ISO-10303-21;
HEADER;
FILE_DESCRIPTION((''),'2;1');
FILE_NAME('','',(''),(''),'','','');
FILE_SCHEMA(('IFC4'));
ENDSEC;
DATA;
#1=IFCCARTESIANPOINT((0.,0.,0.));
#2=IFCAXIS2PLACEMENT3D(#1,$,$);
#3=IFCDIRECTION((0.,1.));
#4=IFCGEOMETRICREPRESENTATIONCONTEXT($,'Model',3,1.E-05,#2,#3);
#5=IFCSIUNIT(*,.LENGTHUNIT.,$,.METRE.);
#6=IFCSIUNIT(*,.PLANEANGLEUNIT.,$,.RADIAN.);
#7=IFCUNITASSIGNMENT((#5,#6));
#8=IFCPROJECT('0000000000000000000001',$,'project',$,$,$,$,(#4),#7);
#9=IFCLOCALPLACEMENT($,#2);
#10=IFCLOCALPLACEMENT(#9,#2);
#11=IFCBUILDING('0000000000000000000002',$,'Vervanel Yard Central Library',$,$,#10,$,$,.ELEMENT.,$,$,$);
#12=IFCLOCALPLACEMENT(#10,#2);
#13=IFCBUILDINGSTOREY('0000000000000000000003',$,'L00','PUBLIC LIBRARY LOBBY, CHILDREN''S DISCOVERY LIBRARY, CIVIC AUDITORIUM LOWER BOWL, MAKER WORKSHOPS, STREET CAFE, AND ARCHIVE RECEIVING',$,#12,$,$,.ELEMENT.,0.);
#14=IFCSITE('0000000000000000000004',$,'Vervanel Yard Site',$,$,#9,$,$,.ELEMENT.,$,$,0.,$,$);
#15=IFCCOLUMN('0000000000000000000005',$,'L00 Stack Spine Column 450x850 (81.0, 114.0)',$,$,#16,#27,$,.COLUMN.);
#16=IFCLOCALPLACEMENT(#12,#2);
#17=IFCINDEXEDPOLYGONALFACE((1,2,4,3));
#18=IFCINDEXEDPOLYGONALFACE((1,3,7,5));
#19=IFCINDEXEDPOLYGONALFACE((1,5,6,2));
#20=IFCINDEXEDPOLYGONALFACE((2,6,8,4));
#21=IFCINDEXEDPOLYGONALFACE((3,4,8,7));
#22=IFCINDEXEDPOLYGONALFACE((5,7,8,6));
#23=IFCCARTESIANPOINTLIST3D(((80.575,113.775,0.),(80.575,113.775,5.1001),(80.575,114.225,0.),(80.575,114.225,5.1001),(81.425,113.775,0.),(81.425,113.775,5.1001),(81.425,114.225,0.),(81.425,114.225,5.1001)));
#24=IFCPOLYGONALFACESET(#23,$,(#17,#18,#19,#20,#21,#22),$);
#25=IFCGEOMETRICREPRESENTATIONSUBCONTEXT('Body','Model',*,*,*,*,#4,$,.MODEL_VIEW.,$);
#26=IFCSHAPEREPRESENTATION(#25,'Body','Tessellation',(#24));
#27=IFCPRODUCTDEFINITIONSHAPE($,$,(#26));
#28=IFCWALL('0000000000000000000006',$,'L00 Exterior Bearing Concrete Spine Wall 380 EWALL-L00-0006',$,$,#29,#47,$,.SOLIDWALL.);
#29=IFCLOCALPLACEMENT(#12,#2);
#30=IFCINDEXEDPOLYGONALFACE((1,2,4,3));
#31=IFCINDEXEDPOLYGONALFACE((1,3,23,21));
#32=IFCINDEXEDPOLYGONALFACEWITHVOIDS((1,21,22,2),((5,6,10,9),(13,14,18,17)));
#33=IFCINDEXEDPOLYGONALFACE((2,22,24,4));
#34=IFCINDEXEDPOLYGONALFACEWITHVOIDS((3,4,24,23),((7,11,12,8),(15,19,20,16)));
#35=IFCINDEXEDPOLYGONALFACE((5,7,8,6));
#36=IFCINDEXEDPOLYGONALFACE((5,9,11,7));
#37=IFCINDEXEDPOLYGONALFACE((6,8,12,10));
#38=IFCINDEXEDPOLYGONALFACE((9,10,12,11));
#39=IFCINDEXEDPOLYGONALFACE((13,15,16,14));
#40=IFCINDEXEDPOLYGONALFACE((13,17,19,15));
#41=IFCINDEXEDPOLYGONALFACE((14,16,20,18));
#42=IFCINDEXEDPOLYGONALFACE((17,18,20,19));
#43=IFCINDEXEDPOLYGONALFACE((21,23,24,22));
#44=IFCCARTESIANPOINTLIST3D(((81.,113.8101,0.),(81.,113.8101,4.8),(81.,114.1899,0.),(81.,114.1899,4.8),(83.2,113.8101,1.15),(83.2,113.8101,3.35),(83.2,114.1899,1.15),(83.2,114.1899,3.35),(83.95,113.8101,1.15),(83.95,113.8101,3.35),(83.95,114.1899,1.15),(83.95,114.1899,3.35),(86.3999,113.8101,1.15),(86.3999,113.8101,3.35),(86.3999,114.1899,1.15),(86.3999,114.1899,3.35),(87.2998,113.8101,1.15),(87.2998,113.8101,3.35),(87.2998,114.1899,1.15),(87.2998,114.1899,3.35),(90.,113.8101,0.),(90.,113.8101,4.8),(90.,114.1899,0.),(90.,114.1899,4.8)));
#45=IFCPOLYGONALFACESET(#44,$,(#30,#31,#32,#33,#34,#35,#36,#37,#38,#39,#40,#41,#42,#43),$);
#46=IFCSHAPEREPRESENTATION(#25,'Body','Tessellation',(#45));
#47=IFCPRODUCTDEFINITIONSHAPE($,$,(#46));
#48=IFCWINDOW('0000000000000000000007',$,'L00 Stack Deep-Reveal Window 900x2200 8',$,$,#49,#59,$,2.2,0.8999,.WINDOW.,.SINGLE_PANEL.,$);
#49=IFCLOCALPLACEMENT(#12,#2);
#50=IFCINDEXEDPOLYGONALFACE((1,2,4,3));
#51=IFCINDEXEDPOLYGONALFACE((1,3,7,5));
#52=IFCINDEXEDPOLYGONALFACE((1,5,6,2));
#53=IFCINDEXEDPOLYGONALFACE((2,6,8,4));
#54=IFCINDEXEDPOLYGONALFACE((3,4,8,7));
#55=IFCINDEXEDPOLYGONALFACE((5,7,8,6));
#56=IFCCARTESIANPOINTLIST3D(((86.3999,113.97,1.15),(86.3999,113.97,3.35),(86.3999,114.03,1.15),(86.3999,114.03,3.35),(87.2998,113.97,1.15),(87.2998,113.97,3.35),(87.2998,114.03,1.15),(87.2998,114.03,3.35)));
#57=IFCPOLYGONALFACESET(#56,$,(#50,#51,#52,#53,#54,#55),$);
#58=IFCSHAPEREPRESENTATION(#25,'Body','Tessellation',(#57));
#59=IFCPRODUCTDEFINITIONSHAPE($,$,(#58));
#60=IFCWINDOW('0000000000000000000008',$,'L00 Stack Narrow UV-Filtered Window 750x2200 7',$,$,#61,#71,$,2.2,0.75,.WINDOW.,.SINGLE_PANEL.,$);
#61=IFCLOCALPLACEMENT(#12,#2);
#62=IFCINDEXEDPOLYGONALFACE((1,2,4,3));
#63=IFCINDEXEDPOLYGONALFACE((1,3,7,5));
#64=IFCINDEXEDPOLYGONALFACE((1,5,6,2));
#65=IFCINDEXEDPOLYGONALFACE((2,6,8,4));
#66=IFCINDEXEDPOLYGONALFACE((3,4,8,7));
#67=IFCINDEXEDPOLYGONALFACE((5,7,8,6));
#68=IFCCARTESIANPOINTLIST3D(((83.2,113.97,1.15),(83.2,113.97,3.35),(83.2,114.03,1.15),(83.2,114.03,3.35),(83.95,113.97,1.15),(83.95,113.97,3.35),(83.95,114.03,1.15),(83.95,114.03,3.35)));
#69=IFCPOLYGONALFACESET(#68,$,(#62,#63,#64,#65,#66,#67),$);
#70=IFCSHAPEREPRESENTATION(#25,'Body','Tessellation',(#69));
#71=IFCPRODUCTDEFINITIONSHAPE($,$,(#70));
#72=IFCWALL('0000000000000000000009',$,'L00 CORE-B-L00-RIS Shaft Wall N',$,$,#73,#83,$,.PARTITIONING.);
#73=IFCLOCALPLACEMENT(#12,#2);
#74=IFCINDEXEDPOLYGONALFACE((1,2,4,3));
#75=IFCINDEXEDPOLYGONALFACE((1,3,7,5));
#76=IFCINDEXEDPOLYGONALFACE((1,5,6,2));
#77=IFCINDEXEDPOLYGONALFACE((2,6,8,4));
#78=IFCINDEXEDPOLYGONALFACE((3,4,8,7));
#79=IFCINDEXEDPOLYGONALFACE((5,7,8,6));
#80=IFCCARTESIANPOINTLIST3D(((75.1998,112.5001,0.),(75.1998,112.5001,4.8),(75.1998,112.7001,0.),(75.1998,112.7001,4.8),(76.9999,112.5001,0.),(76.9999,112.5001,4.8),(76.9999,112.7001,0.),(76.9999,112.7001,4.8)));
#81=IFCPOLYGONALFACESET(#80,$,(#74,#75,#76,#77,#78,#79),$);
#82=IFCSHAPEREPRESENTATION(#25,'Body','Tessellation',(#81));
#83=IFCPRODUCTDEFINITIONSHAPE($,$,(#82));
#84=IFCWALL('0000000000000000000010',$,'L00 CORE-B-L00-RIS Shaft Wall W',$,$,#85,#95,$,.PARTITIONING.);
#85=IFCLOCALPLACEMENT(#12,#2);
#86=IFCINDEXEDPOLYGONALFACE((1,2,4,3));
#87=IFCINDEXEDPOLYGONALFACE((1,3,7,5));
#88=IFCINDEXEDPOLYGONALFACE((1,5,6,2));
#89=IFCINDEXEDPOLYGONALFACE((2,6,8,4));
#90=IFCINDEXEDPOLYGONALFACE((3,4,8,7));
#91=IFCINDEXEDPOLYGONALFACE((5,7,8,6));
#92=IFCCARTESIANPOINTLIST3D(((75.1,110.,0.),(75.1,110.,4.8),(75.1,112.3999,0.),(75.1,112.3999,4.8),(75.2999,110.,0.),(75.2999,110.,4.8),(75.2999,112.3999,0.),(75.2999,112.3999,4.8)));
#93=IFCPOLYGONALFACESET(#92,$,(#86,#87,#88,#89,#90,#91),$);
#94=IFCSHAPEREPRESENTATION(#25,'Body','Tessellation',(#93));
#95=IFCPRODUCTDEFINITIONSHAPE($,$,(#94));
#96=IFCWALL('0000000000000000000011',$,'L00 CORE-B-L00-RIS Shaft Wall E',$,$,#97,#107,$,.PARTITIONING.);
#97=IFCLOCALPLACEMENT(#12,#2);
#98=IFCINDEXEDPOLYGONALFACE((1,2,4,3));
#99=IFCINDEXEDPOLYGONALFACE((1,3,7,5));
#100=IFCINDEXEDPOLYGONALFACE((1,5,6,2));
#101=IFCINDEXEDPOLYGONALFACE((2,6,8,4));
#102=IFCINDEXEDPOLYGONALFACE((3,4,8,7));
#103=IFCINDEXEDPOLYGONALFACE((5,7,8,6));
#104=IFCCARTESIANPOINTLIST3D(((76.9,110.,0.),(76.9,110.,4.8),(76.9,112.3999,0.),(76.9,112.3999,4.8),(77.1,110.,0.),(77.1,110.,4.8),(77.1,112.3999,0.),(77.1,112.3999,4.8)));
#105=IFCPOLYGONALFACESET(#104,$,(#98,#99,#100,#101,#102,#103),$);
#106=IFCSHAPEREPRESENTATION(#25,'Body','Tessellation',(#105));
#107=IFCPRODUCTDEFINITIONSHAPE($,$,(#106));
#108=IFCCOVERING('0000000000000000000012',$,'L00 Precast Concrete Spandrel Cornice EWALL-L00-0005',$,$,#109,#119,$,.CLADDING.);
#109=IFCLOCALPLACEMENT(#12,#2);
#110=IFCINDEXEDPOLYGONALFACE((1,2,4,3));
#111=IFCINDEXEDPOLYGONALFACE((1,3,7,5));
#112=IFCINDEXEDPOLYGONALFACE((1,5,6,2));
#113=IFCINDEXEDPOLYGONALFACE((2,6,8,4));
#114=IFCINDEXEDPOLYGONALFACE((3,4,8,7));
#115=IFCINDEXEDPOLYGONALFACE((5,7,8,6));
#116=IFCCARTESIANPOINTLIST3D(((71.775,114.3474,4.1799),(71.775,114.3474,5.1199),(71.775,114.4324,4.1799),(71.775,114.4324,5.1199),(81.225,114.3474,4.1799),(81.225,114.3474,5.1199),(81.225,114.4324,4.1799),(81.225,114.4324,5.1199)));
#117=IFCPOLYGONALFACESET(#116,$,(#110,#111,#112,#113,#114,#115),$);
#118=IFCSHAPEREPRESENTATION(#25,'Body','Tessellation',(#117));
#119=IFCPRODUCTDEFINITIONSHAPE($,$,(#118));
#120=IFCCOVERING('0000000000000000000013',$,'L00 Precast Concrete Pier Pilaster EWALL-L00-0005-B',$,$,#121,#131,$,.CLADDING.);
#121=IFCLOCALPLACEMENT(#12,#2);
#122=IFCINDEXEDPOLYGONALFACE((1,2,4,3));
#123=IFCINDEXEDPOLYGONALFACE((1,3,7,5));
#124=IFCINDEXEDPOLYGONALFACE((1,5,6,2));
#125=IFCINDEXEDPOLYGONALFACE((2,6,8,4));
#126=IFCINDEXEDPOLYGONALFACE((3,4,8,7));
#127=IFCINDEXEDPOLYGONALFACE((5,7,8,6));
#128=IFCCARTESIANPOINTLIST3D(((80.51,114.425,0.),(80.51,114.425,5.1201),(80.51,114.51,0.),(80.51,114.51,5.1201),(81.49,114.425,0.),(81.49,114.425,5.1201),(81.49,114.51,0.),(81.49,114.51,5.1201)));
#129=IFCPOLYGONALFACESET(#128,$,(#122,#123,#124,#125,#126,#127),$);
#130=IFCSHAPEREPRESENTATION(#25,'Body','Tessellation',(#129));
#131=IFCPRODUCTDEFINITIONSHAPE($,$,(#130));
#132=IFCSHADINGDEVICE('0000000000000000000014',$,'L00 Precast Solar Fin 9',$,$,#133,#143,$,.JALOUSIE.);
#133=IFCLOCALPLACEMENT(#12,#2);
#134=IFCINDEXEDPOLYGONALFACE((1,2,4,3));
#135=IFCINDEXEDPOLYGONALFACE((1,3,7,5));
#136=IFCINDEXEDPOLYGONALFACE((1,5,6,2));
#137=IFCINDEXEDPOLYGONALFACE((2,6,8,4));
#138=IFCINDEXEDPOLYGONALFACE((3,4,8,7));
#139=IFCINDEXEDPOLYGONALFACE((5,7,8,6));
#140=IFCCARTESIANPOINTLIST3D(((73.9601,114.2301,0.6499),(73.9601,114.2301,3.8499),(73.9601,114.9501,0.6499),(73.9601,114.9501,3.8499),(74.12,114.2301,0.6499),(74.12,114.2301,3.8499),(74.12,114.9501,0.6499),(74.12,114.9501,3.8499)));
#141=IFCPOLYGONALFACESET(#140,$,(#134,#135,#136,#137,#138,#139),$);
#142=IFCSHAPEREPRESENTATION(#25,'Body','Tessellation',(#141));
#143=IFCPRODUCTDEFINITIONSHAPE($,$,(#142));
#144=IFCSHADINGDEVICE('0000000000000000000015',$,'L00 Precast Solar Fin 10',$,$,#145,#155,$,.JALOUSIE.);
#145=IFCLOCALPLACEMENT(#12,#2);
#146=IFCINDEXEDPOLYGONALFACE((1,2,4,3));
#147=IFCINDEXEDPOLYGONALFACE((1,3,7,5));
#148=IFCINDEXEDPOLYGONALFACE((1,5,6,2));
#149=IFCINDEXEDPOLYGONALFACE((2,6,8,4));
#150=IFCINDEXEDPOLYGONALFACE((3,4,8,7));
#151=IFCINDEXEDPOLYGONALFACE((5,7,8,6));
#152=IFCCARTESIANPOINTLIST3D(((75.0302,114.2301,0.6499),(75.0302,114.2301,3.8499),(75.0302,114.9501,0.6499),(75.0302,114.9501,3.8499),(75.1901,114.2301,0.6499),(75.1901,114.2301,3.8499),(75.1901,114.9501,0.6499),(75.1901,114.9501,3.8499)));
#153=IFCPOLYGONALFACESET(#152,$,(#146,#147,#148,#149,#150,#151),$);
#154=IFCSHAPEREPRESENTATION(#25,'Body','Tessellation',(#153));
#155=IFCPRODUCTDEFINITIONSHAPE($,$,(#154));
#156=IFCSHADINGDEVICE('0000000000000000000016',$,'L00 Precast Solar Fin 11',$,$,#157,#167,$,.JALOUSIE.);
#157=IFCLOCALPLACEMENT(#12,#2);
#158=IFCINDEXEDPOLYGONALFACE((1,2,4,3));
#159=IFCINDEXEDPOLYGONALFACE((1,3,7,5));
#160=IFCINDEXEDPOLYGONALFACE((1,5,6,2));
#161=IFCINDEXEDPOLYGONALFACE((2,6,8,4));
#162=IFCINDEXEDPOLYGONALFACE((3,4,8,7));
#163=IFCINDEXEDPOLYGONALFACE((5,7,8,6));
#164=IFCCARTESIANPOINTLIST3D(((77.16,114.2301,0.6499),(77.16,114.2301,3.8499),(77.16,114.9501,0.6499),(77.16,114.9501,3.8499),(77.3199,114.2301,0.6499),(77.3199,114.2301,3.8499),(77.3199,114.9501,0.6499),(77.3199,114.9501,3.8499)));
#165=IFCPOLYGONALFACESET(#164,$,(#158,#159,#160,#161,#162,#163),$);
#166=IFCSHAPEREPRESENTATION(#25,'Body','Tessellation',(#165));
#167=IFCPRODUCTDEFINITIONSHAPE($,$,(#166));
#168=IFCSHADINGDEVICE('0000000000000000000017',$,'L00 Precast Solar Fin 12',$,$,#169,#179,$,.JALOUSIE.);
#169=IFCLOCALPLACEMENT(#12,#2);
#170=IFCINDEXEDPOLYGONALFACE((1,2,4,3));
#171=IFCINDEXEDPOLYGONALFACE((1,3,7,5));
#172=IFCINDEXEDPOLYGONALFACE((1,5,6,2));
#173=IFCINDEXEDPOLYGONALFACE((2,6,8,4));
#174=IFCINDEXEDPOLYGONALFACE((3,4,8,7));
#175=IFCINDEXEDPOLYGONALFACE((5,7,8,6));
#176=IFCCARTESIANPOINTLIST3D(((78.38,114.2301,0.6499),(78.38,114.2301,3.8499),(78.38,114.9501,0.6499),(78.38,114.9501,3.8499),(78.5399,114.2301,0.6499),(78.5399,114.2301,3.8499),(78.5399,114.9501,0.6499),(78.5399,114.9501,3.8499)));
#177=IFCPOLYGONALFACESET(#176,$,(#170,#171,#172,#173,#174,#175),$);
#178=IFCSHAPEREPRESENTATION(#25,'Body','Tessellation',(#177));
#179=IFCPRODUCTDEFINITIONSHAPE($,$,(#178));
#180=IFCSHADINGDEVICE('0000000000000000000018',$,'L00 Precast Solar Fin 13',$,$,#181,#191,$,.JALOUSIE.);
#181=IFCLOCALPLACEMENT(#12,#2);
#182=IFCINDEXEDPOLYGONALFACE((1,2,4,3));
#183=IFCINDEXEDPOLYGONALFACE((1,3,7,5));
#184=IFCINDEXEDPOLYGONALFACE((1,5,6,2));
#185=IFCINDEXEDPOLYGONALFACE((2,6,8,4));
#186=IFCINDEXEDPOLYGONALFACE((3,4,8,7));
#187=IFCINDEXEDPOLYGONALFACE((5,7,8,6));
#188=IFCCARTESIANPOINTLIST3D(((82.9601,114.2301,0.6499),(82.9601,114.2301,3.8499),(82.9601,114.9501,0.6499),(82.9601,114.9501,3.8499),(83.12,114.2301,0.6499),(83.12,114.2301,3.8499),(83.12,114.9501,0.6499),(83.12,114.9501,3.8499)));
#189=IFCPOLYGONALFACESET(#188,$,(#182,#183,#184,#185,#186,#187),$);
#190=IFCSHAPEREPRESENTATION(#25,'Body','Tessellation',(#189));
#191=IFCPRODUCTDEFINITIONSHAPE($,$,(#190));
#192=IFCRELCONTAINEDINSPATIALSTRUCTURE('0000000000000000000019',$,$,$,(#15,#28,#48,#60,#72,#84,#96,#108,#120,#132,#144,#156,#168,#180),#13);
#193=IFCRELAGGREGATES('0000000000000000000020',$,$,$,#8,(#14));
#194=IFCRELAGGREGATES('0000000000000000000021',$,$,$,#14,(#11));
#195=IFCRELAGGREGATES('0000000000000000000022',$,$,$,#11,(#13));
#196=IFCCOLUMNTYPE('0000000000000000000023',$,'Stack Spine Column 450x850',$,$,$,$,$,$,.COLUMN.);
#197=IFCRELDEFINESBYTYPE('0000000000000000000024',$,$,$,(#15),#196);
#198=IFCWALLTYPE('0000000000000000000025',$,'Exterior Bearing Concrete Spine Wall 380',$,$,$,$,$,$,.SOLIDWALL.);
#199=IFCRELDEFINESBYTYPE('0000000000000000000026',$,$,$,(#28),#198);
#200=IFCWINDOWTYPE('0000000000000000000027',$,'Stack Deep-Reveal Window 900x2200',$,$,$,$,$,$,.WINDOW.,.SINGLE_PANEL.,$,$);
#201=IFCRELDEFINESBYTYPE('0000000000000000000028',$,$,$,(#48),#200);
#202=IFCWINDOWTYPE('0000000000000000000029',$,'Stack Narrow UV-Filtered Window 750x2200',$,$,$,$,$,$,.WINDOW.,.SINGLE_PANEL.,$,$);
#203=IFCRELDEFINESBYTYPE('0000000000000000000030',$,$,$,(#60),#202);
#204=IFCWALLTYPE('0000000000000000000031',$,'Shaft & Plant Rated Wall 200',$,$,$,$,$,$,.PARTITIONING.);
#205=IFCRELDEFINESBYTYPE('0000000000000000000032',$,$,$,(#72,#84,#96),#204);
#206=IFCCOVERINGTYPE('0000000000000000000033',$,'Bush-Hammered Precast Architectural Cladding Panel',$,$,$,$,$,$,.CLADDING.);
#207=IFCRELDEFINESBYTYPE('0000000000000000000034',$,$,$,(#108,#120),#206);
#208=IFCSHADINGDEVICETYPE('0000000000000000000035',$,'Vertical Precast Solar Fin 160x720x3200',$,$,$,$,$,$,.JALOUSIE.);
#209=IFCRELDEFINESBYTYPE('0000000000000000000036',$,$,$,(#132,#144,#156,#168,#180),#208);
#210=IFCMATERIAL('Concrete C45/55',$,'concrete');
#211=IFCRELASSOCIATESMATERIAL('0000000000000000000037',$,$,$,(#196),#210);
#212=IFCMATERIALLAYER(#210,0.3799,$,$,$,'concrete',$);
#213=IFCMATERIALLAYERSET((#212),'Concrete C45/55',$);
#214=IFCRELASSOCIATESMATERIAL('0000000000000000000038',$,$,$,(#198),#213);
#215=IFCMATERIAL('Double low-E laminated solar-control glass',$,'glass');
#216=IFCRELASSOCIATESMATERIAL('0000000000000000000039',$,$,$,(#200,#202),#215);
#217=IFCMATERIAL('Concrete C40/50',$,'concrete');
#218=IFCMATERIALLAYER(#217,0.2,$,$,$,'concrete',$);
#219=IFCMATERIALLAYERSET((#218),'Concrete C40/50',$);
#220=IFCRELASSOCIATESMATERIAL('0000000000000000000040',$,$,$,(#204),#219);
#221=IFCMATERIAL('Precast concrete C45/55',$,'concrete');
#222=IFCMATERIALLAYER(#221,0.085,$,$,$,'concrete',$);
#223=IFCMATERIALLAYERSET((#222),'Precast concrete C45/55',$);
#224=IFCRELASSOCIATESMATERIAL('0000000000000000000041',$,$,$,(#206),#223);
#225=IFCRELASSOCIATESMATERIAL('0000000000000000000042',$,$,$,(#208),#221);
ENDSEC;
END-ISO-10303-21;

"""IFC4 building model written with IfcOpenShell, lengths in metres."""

from ifc_helpers import new_model, si_unit, direction, frame, frame_2d, origin, origin_2d, place, context, subcontext, project, spatial, rectangle, extrude, material, layer, layer_set, material_profile, profile_set, type_object, element, fill, save


model = new_model("IFC4")

# Units and contexts
model_context = context("Model", 3, precision=1e-05, world=origin(), true_north=direction((0.0, 1.0)))
body_context = subcontext(model_context, "Body", "Model", "MODEL_VIEW")
ifc_project = project(units=[si_unit("LENGTHUNIT", "METRE"), si_unit("PLANEANGLEUNIT", "RADIAN")], contexts=[model_context])

# Site, building, storey
site_placement = place(None, origin())
site = spatial("IfcSite", under=ifc_project, at=site_placement, Name="Vervanel Yard Site", CompositionType="ELEMENT", RefElevation=0.0)
building_placement = place(site_placement, origin())
building = spatial("IfcBuilding", under=site, at=building_placement, Name="Vervanel Yard Central Library", CompositionType="ELEMENT")
storey_placement = place(building_placement, origin())
storey = spatial("IfcBuildingStorey", under=building, at=storey_placement, Name="L00", Description="PUBLIC LIBRARY LOBBY, CHILDREN'S DISCOVERY LIBRARY, CIVIC AUDITORIUM LOWER BOWL, MAKER WORKSHOPS, STREET CAFE, AND ARCHIVE RECEIVING", CompositionType="ELEMENT", Elevation=0.0)

# Shared definitions
ifc_material_1 = material(Name="Concrete C40/50", Category="concrete")

# Column
ifc_material_2 = material(Name="Concrete C45/55", Category="concrete")
ifc_material_profile_1 = material_profile(ifc_material_2, rectangle(XDim=0.45, YDim=0.8501, at=origin_2d()), Name="RC 450x850", Category="concrete")
ifc_profile_set_1 = profile_set([ifc_material_profile_1], Name="Concrete C45/55")
column_type = type_object("IfcColumnType", Name="Stack Spine Column 450x850", PredefinedType="COLUMN", material=ifc_profile_set_1)
column_placement = place(storey_placement, frame((81.0, 114.0, 0.0), z_axis=(0.0, 0.0, 1.0), x_axis=(0.0, 1.0, 0.0)))
element("IfcColumn", 1, at=column_placement, inside=storey, type_object=column_type, Name="L00 Stack Spine Column 450x850 (81.0, 114.0)", PredefinedType="COLUMN", context=body_context, shape_type="SweptSolid", body=[
    extrude(rectangle(XDim=0.45, YDim=0.8501, at=origin_2d()), origin(), (0.0, 0.0, 1.0), 5.1001),
])

# Wall, openings, windows
ifc_layer_1 = layer(ifc_material_2, 0.3799, Category="concrete")
ifc_layer_set_1 = layer_set([ifc_layer_1], Name="Concrete C45/55")
wall_type_1 = type_object("IfcWallType", Name="Exterior Bearing Concrete Spine Wall 380", PredefinedType="SOLIDWALL", material=ifc_layer_set_1)
wall_1_placement = place(storey_placement, frame((81.0, 114.0, 0.0), z_axis=(0.0, 0.0, 1.0), x_axis=(1.0, 0.0, 0.0)))
wall_1 = element("IfcWall", 2, at=wall_1_placement, inside=storey, type_object=wall_type_1, Name="L00 Exterior Bearing Concrete Spine Wall 380 EWALL-L00-0006", PredefinedType="SOLIDWALL", context=body_context, shape_type="SweptSolid", body=[
    extrude(rectangle(XDim=9.0, YDim=0.3799, at=frame_2d((4.5, 0.0))), origin(), (0.0, 0.0, 1.0), 4.8),
])
opening_1_placement = place(wall_1_placement, frame((2.2, 0.0, 1.1499)))
opening_1 = element("IfcOpeningElement", 3, at=opening_1_placement, cuts=wall_1, PredefinedType="OPENING", context=body_context, shape_type="SweptSolid", body=[
    extrude(rectangle(XDim=0.75, YDim=2.2, at=frame_2d((0.375, 1.1001))), frame((0.0, 0.2, 0.0), z_axis=(0.0, -1.0, 0.0), x_axis=(1.0, 0.0, 0.0)), (0.0, 0.0, 1.0), 0.3999),
])
opening_2_placement = place(wall_1_placement, frame((5.3999, 0.0, 1.1499)))
opening_2 = element("IfcOpeningElement", 4, at=opening_2_placement, cuts=wall_1, PredefinedType="OPENING", context=body_context, shape_type="SweptSolid", body=[
    extrude(rectangle(XDim=0.8999, YDim=2.2, at=frame_2d((0.45, 1.1001))), frame((0.0, 0.2, 0.0), z_axis=(0.0, -1.0, 0.0), x_axis=(1.0, 0.0, 0.0)), (0.0, 0.0, 1.0), 0.3999),
])
ifc_material_3 = material(Name="Double low-E laminated solar-control glass", Category="glass")
window_type_1 = type_object("IfcWindowType", Name="Stack Deep-Reveal Window 900x2200", PartitioningType="SINGLE_PANEL", PredefinedType="WINDOW", material=ifc_material_3)
window_1_placement = place(opening_2_placement, origin())
window_1 = element("IfcWindow", 5, at=window_1_placement, inside=storey, type_object=window_type_1, Name="L00 Stack Deep-Reveal Window 900x2200 8", OverallHeight=2.2, OverallWidth=0.8999, PartitioningType="SINGLE_PANEL", PredefinedType="WINDOW", context=body_context, shape_type="SweptSolid", body=[
    extrude(rectangle(XDim=0.8999, YDim=2.2, at=frame_2d((0.45, 1.1001))), frame((0.0, 0.03, 0.0), z_axis=(0.0, -1.0, 0.0), x_axis=(1.0, 0.0, 0.0)), (0.0, 0.0, 1.0), 0.0601),
])
fill(opening_2, window_1)
window_type_2 = type_object("IfcWindowType", Name="Stack Narrow UV-Filtered Window 750x2200", PartitioningType="SINGLE_PANEL", PredefinedType="WINDOW", material=ifc_material_3)
window_2_placement = place(opening_1_placement, origin())
window_2 = element("IfcWindow", 6, at=window_2_placement, inside=storey, type_object=window_type_2, Name="L00 Stack Narrow UV-Filtered Window 750x2200 7", OverallHeight=2.2, OverallWidth=0.75, PartitioningType="SINGLE_PANEL", PredefinedType="WINDOW", context=body_context, shape_type="SweptSolid", body=[
    extrude(rectangle(XDim=0.75, YDim=2.2, at=frame_2d((0.375, 1.1001))), frame((0.0, 0.03, 0.0), z_axis=(0.0, -1.0, 0.0), x_axis=(1.0, 0.0, 0.0)), (0.0, 0.0, 1.0), 0.0601),
])
fill(opening_1, window_2)

# Walls
ifc_layer_2 = layer(ifc_material_1, 0.2, Category="concrete")
ifc_layer_set_2 = layer_set([ifc_layer_2], Name="Concrete C40/50")
wall_type_2 = type_object("IfcWallType", Name="Shaft & Plant Rated Wall 200", PredefinedType="PARTITIONING", material=ifc_layer_set_2)
wall_2_placement = place(storey_placement, frame((75.2, 112.6001, 0.0), z_axis=(0.0, 0.0, 1.0), x_axis=(1.0, 0.0, 0.0)))
element("IfcWall", 7, at=wall_2_placement, inside=storey, type_object=wall_type_2, Name="L00 CORE-B-L00-RIS Shaft Wall N", PredefinedType="PARTITIONING", context=body_context, shape_type="SweptSolid", body=[
    extrude(rectangle(XDim=1.8, YDim=0.2, at=frame_2d((0.8999, 0.0))), origin(), (0.0, 0.0, 1.0), 4.8),
])
for number, where, z_axis, x_axis, name in (
    (8, (75.2, 110.0, 0.0), (0.0, 0.0, 1.0), (0.0, 1.0, 0.0), "L00 CORE-B-L00-RIS Shaft Wall W"),
    (9, (77.0, 110.0, 0.0), (0.0, 0.0, 1.0), (0.0, 1.0, 0.0), "L00 CORE-B-L00-RIS Shaft Wall E"),
):
    element("IfcWall", number, at=place(storey_placement, frame(where, z_axis=z_axis, x_axis=x_axis)), inside=storey, type_object=wall_type_2, Name=name, PredefinedType="PARTITIONING", context=body_context, shape_type="SweptSolid", body=[
        extrude(rectangle(XDim=2.3999, YDim=0.2, at=frame_2d((1.2, 0.0))), origin(), (0.0, 0.0, 1.0), 4.8),
    ])

# Coverings
ifc_material_4 = material(Name="Precast concrete C45/55", Category="concrete")
ifc_layer_3 = layer(ifc_material_4, 0.085, Category="concrete")
ifc_layer_set_3 = layer_set([ifc_layer_3], Name="Precast concrete C45/55")
covering_type = type_object("IfcCoveringType", Name="Bush-Hammered Precast Architectural Cladding Panel", PredefinedType="CLADDING", material=ifc_layer_set_3)
covering_1_placement = place(storey_placement, frame((76.5, 114.3899, 4.1799), z_axis=(0.0, 0.0, 1.0), x_axis=(1.0, 0.0, 0.0)))
element("IfcCovering", 10, at=covering_1_placement, inside=storey, type_object=covering_type, Name="L00 Precast Concrete Spandrel Cornice EWALL-L00-0005", PredefinedType="CLADDING", context=body_context, shape_type="SweptSolid", body=[
    extrude(rectangle(XDim=9.45, YDim=0.085, at=origin_2d()), origin(), (0.0, 0.0, 1.0), 0.9399),
])
covering_2_placement = place(storey_placement, frame((81.0, 114.4675, 0.0), z_axis=(0.0, 0.0, 1.0), x_axis=(1.0, 0.0, 0.0)))
element("IfcCovering", 11, at=covering_2_placement, inside=storey, type_object=covering_type, Name="L00 Precast Concrete Pier Pilaster EWALL-L00-0005-B", PredefinedType="CLADDING", context=body_context, shape_type="SweptSolid", body=[
    extrude(rectangle(XDim=0.98, YDim=0.085, at=origin_2d()), origin(), (0.0, 0.0, 1.0), 5.1201),
])

# Shading devices
shading_device_type = type_object("IfcShadingDeviceType", Name="Vertical Precast Solar Fin 160x720x3200", PredefinedType="JALOUSIE", material=ifc_material_4)
for number, where, z_axis, x_axis, name in (
    (12, (74.04, 114.5901, 0.6499), (0.0, 0.0, 1.0), (1.0, 0.0, 0.0), "L00 Precast Solar Fin 9"),
    (13, (75.1101, 114.5901, 0.6499), (0.0, 0.0, 1.0), (1.0, 0.0, 0.0), "L00 Precast Solar Fin 10"),
    (14, (77.24, 114.5901, 0.6499), (0.0, 0.0, 1.0), (1.0, 0.0, 0.0), "L00 Precast Solar Fin 11"),
    (15, (78.46, 114.5901, 0.6499), (0.0, 0.0, 1.0), (1.0, 0.0, 0.0), "L00 Precast Solar Fin 12"),
    (16, (83.04, 114.5901, 0.6499), (0.0, 0.0, 1.0), (1.0, 0.0, 0.0), "L00 Precast Solar Fin 13"),
):
    element("IfcShadingDevice", number, at=place(storey_placement, frame(where, z_axis=z_axis, x_axis=x_axis)), inside=storey, type_object=shading_device_type, Name=name, PredefinedType="JALOUSIE", context=body_context, shape_type="SweptSolid", body=[
        extrude(rectangle(XDim=0.1599, YDim=0.72, at=origin_2d()), origin(), (0.0, 0.0, 1.0), 3.2),
    ])

save(model, "model.ifc")
